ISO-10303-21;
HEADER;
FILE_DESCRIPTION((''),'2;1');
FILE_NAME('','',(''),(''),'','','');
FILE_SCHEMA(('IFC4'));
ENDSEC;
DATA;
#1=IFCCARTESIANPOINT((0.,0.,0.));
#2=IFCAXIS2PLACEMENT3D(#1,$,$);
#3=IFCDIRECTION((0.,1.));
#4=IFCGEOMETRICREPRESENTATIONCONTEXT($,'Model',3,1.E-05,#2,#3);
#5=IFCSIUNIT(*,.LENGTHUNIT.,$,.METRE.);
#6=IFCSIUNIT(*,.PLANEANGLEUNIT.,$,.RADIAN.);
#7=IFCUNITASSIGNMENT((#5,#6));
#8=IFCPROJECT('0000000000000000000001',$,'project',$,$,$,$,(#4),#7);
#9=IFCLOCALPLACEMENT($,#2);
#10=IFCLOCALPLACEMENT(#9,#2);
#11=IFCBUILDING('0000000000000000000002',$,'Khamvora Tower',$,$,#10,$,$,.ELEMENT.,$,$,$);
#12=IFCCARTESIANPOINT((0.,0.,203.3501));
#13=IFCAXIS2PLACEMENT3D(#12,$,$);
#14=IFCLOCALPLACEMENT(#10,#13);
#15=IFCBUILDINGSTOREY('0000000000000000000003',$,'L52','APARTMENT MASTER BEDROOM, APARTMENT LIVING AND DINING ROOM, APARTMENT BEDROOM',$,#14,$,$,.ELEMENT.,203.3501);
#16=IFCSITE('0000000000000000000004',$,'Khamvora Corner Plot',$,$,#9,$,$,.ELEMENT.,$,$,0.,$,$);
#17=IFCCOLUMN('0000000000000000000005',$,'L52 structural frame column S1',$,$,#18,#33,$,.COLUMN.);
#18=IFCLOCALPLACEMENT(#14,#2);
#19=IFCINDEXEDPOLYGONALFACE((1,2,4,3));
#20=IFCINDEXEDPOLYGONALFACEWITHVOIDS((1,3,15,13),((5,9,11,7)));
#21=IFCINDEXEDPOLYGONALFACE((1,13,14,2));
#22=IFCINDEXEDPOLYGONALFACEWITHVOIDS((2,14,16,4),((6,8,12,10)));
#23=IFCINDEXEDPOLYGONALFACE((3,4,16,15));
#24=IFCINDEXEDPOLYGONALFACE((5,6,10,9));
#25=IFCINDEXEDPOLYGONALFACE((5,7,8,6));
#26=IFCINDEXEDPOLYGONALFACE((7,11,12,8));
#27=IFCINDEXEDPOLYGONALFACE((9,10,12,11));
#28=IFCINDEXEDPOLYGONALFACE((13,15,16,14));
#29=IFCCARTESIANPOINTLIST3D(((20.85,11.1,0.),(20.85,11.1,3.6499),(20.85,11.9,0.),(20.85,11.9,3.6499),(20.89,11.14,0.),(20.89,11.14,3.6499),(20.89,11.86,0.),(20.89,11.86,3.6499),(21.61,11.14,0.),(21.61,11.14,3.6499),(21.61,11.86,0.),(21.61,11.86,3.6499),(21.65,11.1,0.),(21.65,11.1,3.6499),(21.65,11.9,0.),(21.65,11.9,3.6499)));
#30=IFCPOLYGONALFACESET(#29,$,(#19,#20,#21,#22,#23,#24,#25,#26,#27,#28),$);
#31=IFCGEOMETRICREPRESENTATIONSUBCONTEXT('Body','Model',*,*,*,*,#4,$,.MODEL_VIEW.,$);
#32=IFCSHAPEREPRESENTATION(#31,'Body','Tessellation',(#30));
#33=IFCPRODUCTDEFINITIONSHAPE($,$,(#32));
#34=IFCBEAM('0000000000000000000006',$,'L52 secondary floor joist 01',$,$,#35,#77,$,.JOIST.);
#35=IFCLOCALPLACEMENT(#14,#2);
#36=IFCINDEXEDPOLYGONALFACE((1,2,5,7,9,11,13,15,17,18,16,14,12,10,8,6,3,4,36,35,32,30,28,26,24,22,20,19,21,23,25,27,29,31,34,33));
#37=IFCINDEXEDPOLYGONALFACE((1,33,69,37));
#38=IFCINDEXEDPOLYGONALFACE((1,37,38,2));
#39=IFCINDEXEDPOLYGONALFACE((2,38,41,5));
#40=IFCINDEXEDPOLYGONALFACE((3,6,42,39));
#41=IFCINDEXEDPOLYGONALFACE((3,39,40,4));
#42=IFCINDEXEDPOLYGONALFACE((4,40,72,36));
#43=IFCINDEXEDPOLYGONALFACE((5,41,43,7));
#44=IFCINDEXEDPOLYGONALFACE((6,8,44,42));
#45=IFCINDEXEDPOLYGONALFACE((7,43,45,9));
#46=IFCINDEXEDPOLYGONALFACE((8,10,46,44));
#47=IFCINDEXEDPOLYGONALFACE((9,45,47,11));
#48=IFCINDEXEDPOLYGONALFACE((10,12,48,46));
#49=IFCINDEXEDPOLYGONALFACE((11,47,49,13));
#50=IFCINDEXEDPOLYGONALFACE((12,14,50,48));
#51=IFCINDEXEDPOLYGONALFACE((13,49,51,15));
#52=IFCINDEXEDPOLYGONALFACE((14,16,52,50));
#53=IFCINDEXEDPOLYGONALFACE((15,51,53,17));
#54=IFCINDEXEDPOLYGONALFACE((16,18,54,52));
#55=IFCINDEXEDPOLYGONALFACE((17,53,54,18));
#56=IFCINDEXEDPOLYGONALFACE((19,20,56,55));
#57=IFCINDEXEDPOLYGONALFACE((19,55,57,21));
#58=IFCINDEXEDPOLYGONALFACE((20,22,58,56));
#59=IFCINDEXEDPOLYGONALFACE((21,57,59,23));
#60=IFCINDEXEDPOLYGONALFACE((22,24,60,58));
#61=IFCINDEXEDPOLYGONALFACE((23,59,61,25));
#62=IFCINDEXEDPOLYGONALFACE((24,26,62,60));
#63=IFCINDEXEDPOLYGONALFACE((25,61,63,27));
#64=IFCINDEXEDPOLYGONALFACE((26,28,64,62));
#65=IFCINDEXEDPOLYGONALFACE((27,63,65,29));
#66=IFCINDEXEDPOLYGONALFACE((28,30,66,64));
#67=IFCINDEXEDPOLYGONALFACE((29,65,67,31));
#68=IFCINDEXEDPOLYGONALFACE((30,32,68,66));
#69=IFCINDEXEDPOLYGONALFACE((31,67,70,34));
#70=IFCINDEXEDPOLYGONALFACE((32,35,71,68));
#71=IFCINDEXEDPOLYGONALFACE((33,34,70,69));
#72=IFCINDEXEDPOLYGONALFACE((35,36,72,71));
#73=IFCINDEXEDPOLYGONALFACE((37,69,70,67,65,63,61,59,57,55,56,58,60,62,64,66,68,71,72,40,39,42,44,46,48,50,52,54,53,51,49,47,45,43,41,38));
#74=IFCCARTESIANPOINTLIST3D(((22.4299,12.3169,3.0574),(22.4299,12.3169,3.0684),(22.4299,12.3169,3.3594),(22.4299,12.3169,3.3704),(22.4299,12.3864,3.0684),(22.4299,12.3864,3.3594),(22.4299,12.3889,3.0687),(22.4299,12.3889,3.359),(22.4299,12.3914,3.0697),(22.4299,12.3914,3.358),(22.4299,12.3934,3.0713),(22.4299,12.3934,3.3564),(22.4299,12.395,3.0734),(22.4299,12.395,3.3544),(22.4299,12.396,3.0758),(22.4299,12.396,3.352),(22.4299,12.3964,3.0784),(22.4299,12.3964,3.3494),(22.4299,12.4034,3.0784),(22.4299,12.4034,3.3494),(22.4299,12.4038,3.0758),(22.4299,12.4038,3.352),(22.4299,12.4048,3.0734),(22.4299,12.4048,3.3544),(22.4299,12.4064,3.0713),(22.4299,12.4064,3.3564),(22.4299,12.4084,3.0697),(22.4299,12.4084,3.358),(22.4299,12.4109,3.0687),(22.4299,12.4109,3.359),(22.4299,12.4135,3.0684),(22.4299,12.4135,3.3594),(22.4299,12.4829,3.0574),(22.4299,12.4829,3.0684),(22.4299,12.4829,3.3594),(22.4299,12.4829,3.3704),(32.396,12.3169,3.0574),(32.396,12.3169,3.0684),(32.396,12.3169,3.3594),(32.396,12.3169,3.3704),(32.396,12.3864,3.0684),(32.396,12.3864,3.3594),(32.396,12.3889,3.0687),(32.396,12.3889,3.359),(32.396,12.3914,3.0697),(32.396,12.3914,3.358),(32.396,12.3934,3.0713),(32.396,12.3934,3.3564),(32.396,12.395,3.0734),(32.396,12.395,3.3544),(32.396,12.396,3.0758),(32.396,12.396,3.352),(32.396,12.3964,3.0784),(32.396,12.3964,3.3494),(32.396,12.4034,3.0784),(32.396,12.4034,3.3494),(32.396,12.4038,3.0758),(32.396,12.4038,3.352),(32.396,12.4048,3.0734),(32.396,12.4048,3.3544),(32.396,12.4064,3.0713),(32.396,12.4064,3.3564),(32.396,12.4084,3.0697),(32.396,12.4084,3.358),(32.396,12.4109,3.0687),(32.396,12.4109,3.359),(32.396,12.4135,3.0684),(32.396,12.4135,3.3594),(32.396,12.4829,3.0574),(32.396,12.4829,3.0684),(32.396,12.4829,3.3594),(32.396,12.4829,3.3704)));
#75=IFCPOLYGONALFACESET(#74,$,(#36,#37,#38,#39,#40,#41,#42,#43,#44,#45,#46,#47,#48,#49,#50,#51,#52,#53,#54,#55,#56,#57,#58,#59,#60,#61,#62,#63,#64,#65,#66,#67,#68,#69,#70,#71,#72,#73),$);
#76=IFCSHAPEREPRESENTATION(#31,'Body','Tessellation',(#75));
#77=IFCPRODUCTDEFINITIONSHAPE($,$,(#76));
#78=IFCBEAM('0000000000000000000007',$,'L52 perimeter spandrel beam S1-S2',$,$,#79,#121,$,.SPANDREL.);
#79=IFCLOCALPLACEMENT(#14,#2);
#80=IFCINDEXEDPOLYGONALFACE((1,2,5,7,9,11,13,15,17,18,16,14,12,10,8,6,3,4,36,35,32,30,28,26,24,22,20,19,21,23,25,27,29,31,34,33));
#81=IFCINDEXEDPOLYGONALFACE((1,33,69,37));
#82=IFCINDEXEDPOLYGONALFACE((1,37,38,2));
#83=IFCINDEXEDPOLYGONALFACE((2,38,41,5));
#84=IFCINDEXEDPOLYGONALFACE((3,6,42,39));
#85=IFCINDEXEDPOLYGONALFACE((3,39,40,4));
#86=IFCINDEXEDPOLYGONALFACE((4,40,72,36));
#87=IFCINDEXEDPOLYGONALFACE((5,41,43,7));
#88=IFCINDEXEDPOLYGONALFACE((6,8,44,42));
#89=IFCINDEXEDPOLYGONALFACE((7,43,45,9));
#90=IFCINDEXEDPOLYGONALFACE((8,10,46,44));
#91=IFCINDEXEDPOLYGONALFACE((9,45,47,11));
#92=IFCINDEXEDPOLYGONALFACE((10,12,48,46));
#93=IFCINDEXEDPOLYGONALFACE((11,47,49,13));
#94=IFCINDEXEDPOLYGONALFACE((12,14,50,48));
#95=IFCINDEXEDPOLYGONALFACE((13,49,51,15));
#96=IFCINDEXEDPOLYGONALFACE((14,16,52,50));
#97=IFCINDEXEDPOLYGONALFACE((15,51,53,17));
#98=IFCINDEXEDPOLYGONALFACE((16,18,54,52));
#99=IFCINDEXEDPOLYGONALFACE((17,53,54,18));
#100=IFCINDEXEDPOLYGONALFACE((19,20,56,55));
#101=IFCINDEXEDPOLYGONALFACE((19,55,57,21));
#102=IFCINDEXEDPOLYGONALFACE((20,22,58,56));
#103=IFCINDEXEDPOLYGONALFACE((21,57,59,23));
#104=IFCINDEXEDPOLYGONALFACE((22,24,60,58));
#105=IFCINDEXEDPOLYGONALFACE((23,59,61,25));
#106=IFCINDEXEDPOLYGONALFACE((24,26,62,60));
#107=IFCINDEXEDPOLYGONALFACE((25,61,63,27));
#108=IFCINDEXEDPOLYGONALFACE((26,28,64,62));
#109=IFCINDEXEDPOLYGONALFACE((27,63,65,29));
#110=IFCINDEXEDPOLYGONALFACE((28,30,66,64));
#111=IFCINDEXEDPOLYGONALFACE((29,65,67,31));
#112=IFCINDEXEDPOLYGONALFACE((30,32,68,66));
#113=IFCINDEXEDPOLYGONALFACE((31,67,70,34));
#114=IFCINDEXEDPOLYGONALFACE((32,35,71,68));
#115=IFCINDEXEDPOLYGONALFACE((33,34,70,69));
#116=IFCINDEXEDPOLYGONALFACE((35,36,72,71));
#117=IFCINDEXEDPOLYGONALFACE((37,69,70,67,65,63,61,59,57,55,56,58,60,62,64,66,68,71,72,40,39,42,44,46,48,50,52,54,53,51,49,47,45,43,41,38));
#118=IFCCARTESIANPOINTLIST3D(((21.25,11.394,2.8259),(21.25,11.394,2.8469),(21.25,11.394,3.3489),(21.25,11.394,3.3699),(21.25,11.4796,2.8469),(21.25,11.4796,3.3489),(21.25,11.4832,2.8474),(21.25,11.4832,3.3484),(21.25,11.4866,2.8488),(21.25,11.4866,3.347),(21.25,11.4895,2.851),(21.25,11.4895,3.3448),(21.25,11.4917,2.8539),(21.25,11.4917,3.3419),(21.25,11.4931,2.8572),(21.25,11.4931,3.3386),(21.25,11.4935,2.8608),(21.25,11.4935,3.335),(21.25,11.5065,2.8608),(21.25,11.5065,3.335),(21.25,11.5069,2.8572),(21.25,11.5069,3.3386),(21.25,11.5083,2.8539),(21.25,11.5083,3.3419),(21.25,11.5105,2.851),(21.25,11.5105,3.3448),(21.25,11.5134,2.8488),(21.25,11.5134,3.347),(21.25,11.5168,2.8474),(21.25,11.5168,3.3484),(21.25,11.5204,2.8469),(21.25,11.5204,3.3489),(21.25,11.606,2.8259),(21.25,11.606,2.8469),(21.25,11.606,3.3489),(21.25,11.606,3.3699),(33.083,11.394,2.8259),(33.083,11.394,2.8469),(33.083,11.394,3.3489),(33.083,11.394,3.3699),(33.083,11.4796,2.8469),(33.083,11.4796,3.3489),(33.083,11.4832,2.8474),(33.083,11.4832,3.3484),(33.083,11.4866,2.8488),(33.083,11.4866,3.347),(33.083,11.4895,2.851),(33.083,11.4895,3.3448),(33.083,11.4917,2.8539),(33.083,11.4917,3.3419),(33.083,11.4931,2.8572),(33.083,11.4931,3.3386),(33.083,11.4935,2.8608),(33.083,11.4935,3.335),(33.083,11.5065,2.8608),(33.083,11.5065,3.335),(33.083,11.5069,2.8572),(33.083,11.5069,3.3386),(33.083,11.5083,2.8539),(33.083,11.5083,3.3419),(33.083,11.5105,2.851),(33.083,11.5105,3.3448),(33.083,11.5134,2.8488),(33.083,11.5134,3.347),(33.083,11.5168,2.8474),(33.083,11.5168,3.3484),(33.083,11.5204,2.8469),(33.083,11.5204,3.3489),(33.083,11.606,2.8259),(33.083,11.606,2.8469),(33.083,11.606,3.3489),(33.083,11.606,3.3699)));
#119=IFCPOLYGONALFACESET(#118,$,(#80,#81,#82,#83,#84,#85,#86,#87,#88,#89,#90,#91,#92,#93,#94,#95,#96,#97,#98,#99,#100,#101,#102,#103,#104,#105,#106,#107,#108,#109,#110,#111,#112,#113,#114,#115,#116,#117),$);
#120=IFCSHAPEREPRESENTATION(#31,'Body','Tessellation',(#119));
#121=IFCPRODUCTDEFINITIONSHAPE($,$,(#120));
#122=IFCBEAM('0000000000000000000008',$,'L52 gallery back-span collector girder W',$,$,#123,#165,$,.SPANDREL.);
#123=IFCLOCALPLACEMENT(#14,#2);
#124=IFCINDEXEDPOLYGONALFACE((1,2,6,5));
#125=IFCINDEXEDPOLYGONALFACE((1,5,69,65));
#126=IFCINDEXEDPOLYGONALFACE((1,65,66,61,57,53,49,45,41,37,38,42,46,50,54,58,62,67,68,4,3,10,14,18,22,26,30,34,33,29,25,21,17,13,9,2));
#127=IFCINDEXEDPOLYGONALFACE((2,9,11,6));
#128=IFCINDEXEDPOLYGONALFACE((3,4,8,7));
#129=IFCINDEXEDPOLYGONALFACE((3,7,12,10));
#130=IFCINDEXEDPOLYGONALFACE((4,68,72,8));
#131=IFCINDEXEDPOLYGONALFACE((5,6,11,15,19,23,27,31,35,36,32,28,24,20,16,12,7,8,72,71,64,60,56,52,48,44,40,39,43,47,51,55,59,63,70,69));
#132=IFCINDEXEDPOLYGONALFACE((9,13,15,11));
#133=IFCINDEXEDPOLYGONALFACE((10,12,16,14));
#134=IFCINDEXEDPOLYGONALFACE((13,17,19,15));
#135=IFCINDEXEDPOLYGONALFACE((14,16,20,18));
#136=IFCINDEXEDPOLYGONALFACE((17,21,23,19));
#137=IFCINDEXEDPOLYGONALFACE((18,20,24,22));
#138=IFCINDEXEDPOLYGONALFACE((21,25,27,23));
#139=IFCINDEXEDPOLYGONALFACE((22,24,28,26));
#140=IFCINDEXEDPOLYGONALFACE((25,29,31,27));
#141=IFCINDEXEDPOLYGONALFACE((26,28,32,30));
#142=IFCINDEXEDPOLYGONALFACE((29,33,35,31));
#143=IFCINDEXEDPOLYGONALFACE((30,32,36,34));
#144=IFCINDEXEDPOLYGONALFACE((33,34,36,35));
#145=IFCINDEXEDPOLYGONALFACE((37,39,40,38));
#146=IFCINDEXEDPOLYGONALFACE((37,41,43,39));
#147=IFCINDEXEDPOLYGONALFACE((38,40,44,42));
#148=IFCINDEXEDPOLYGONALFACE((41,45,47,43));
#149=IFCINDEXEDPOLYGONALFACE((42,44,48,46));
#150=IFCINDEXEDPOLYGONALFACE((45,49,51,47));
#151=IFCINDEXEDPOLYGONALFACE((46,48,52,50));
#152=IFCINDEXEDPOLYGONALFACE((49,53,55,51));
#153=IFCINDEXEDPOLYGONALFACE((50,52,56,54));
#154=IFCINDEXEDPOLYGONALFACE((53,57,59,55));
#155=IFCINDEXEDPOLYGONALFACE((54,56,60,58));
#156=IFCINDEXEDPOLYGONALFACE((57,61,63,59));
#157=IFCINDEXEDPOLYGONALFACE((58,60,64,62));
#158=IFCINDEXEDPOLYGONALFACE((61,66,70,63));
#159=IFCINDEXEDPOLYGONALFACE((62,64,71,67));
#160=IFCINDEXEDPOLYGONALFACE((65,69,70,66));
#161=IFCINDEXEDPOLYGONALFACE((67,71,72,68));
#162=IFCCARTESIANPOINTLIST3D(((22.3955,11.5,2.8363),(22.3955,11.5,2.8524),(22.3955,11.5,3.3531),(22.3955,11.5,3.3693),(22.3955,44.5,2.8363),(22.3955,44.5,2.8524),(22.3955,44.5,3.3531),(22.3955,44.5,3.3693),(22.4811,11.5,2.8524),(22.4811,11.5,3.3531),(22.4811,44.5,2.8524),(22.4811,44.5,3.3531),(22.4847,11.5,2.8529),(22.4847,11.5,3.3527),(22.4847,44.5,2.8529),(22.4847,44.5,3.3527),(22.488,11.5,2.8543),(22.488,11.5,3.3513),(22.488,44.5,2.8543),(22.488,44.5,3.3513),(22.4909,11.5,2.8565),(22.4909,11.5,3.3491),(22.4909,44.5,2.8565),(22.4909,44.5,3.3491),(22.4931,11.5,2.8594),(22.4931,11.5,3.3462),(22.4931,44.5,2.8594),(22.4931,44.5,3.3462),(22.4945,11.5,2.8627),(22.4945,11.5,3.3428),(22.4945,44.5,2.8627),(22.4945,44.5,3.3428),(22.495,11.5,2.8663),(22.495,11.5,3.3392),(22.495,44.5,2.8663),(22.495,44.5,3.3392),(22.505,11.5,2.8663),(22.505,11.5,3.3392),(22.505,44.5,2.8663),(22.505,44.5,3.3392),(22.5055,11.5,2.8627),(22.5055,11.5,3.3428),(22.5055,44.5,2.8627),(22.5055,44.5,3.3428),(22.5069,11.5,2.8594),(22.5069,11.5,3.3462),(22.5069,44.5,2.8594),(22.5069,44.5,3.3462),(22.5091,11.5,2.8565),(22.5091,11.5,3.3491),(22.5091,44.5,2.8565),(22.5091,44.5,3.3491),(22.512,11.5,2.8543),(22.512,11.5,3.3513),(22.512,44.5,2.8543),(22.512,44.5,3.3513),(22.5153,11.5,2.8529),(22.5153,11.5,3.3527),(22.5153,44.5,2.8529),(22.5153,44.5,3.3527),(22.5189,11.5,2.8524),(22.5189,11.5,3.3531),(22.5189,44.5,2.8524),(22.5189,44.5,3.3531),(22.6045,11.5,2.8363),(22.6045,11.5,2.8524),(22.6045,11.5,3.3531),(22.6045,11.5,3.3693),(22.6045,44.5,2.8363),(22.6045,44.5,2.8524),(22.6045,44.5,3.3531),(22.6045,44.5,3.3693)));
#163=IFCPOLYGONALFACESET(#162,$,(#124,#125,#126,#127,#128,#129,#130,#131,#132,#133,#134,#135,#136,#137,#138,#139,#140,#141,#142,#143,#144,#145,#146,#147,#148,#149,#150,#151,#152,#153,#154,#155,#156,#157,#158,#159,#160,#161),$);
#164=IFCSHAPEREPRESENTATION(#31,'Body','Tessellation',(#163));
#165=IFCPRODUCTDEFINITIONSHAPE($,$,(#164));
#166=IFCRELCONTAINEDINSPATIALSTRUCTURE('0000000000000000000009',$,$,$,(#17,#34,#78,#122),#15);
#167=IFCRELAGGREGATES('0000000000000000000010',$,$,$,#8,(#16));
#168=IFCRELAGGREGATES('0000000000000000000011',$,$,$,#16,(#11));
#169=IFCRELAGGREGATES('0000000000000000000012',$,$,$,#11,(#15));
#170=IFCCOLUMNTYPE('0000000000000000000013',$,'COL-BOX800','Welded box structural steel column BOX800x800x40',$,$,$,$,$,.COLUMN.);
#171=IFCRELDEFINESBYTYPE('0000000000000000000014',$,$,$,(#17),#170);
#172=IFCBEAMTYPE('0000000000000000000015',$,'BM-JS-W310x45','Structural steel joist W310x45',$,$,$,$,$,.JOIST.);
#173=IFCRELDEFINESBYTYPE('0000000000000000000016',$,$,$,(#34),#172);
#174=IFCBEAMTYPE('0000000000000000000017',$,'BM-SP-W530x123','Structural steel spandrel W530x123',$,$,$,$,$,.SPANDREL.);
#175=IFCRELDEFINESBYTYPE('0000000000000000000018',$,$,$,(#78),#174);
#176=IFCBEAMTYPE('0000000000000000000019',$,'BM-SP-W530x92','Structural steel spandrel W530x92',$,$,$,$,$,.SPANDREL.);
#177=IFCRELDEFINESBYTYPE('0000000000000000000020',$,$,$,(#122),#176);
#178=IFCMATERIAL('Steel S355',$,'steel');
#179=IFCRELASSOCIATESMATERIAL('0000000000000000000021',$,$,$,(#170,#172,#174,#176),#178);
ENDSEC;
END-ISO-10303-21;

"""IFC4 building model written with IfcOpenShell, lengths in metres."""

from ifc_helpers import new_model, si_unit, direction, frame, origin, origin_2d, place, context, subcontext, project, spatial, hollow_rectangle, i_section, extrude, material, material_profile, profile_set, type_object, element, save


model = new_model("IFC4")

# Units and contexts
model_context = context("Model", 3, precision=1e-05, world=origin(), true_north=direction((0.0, 1.0)))
body_context = subcontext(model_context, "Body", "Model", "MODEL_VIEW")
ifc_project = project(units=[si_unit("LENGTHUNIT", "METRE"), si_unit("PLANEANGLEUNIT", "RADIAN")], contexts=[model_context])

# Site, building, storey
site_placement = place(None, origin())
site = spatial("IfcSite", under=ifc_project, at=site_placement, Name="Khamvora Corner Plot", CompositionType="ELEMENT", RefElevation=0.0)
building_placement = place(site_placement, origin())
building = spatial("IfcBuilding", under=site, at=building_placement, Name="Khamvora Tower", CompositionType="ELEMENT")
storey_placement = place(building_placement, frame((0.0, 0.0, 203.3501)))
storey = spatial("IfcBuildingStorey", under=building, at=storey_placement, Name="L52", Description="APARTMENT MASTER BEDROOM, APARTMENT LIVING AND DINING ROOM, APARTMENT BEDROOM", CompositionType="ELEMENT", Elevation=203.3501)

# Column
ifc_material_1 = material(Name="Steel S355", Category="steel")
ifc_material_profile_1 = material_profile(ifc_material_1, hollow_rectangle(XDim=0.8, YDim=0.8, WallThickness=0.04, at=origin_2d()), Name="BOX800x800x40")
ifc_profile_set_1 = profile_set([ifc_material_profile_1], Name="Steel S355")
column_type = type_object("IfcColumnType", Name="COL-BOX800", Description="Welded box structural steel column BOX800x800x40", PredefinedType="COLUMN", material=ifc_profile_set_1)
column_placement = place(storey_placement, frame((21.25, 11.5, 0.0), z_axis=(0.0, 0.0, 1.0), x_axis=(1.0, 0.0, 0.0)))
element("IfcColumn", 1, at=column_placement, inside=storey, type_object=column_type, Name="L52 structural frame column S1", PredefinedType="COLUMN", context=body_context, shape_type="SweptSolid", body=[
    extrude(hollow_rectangle(XDim=0.8, YDim=0.8, WallThickness=0.04, at=origin_2d()), origin(), (0.0, 0.0, 1.0), 3.6499),
])

# Beams
ifc_material_profile_2 = material_profile(ifc_material_1, i_section(OverallWidth=0.166, OverallDepth=0.313, WebThickness=0.0071, FlangeThickness=0.011, FilletRadius=0.01, at=origin_2d()), Name="W310x45")
ifc_profile_set_2 = profile_set([ifc_material_profile_2], Name="Steel S355")
beam_type_1 = type_object("IfcBeamType", Name="BM-JS-W310x45", Description="Structural steel joist W310x45", PredefinedType="JOIST", material=ifc_profile_set_2)
beam_1_placement = place(storey_placement, frame((22.4299, 12.3999, 3.2139), z_axis=(1.0, 0.0, 0.0), x_axis=(0.0, 1.0, 0.0)))
element("IfcBeam", 2, at=beam_1_placement, inside=storey, type_object=beam_type_1, Name="L52 secondary floor joist 01", PredefinedType="JOIST", context=body_context, shape_type="SweptSolid", body=[
    extrude(i_section(OverallWidth=0.166, OverallDepth=0.313, WebThickness=0.0071, FlangeThickness=0.011, FilletRadius=0.01, at=origin_2d()), origin(), (0.0, 0.0, 1.0), 9.9661),
])
ifc_material_profile_3 = material_profile(ifc_material_1, i_section(OverallWidth=0.2119, OverallDepth=0.5439, WebThickness=0.0129, FlangeThickness=0.021, FilletRadius=0.0139, at=origin_2d()), Name="W530x123")
ifc_profile_set_3 = profile_set([ifc_material_profile_3], Name="Steel S355")
beam_type_2 = type_object("IfcBeamType", Name="BM-SP-W530x123", Description="Structural steel spandrel W530x123", PredefinedType="SPANDREL", material=ifc_profile_set_3)
beam_2_placement = place(storey_placement, frame((21.25, 11.5, 3.0979), z_axis=(1.0, 0.0, 0.0), x_axis=(0.0, 1.0, 0.0)))
element("IfcBeam", 3, at=beam_2_placement, inside=storey, type_object=beam_type_2, Name="L52 perimeter spandrel beam S1-S2", PredefinedType="SPANDREL", context=body_context, shape_type="SweptSolid", body=[
    extrude(i_section(OverallWidth=0.2119, OverallDepth=0.5439, WebThickness=0.0129, FlangeThickness=0.021, FilletRadius=0.0139, at=origin_2d()), origin(), (0.0, 0.0, 1.0), 11.833),
])
ifc_material_profile_4 = material_profile(ifc_material_1, i_section(OverallWidth=0.209, OverallDepth=0.533, WebThickness=0.01, FlangeThickness=0.0161, FilletRadius=0.0139, at=origin_2d()), Name="W530x92")
ifc_profile_set_4 = profile_set([ifc_material_profile_4], Name="Steel S355")
beam_type_3 = type_object("IfcBeamType", Name="BM-SP-W530x92", Description="Structural steel spandrel W530x92", PredefinedType="SPANDREL", material=ifc_profile_set_4)
beam_3_placement = place(storey_placement, frame((22.5, 11.5, 3.1028), z_axis=(0.0, 1.0, 0.0), x_axis=(-1.0, 0.0, 0.0)))
element("IfcBeam", 4, at=beam_3_placement, inside=storey, type_object=beam_type_3, Name="L52 gallery back-span collector girder W", PredefinedType="SPANDREL", context=body_context, shape_type="SweptSolid", body=[
    extrude(i_section(OverallWidth=0.209, OverallDepth=0.533, WebThickness=0.01, FlangeThickness=0.0161, FilletRadius=0.0139, at=origin_2d()), origin(), (0.0, 0.0, 1.0), 33.0),
])

save(model, "model.ifc")
